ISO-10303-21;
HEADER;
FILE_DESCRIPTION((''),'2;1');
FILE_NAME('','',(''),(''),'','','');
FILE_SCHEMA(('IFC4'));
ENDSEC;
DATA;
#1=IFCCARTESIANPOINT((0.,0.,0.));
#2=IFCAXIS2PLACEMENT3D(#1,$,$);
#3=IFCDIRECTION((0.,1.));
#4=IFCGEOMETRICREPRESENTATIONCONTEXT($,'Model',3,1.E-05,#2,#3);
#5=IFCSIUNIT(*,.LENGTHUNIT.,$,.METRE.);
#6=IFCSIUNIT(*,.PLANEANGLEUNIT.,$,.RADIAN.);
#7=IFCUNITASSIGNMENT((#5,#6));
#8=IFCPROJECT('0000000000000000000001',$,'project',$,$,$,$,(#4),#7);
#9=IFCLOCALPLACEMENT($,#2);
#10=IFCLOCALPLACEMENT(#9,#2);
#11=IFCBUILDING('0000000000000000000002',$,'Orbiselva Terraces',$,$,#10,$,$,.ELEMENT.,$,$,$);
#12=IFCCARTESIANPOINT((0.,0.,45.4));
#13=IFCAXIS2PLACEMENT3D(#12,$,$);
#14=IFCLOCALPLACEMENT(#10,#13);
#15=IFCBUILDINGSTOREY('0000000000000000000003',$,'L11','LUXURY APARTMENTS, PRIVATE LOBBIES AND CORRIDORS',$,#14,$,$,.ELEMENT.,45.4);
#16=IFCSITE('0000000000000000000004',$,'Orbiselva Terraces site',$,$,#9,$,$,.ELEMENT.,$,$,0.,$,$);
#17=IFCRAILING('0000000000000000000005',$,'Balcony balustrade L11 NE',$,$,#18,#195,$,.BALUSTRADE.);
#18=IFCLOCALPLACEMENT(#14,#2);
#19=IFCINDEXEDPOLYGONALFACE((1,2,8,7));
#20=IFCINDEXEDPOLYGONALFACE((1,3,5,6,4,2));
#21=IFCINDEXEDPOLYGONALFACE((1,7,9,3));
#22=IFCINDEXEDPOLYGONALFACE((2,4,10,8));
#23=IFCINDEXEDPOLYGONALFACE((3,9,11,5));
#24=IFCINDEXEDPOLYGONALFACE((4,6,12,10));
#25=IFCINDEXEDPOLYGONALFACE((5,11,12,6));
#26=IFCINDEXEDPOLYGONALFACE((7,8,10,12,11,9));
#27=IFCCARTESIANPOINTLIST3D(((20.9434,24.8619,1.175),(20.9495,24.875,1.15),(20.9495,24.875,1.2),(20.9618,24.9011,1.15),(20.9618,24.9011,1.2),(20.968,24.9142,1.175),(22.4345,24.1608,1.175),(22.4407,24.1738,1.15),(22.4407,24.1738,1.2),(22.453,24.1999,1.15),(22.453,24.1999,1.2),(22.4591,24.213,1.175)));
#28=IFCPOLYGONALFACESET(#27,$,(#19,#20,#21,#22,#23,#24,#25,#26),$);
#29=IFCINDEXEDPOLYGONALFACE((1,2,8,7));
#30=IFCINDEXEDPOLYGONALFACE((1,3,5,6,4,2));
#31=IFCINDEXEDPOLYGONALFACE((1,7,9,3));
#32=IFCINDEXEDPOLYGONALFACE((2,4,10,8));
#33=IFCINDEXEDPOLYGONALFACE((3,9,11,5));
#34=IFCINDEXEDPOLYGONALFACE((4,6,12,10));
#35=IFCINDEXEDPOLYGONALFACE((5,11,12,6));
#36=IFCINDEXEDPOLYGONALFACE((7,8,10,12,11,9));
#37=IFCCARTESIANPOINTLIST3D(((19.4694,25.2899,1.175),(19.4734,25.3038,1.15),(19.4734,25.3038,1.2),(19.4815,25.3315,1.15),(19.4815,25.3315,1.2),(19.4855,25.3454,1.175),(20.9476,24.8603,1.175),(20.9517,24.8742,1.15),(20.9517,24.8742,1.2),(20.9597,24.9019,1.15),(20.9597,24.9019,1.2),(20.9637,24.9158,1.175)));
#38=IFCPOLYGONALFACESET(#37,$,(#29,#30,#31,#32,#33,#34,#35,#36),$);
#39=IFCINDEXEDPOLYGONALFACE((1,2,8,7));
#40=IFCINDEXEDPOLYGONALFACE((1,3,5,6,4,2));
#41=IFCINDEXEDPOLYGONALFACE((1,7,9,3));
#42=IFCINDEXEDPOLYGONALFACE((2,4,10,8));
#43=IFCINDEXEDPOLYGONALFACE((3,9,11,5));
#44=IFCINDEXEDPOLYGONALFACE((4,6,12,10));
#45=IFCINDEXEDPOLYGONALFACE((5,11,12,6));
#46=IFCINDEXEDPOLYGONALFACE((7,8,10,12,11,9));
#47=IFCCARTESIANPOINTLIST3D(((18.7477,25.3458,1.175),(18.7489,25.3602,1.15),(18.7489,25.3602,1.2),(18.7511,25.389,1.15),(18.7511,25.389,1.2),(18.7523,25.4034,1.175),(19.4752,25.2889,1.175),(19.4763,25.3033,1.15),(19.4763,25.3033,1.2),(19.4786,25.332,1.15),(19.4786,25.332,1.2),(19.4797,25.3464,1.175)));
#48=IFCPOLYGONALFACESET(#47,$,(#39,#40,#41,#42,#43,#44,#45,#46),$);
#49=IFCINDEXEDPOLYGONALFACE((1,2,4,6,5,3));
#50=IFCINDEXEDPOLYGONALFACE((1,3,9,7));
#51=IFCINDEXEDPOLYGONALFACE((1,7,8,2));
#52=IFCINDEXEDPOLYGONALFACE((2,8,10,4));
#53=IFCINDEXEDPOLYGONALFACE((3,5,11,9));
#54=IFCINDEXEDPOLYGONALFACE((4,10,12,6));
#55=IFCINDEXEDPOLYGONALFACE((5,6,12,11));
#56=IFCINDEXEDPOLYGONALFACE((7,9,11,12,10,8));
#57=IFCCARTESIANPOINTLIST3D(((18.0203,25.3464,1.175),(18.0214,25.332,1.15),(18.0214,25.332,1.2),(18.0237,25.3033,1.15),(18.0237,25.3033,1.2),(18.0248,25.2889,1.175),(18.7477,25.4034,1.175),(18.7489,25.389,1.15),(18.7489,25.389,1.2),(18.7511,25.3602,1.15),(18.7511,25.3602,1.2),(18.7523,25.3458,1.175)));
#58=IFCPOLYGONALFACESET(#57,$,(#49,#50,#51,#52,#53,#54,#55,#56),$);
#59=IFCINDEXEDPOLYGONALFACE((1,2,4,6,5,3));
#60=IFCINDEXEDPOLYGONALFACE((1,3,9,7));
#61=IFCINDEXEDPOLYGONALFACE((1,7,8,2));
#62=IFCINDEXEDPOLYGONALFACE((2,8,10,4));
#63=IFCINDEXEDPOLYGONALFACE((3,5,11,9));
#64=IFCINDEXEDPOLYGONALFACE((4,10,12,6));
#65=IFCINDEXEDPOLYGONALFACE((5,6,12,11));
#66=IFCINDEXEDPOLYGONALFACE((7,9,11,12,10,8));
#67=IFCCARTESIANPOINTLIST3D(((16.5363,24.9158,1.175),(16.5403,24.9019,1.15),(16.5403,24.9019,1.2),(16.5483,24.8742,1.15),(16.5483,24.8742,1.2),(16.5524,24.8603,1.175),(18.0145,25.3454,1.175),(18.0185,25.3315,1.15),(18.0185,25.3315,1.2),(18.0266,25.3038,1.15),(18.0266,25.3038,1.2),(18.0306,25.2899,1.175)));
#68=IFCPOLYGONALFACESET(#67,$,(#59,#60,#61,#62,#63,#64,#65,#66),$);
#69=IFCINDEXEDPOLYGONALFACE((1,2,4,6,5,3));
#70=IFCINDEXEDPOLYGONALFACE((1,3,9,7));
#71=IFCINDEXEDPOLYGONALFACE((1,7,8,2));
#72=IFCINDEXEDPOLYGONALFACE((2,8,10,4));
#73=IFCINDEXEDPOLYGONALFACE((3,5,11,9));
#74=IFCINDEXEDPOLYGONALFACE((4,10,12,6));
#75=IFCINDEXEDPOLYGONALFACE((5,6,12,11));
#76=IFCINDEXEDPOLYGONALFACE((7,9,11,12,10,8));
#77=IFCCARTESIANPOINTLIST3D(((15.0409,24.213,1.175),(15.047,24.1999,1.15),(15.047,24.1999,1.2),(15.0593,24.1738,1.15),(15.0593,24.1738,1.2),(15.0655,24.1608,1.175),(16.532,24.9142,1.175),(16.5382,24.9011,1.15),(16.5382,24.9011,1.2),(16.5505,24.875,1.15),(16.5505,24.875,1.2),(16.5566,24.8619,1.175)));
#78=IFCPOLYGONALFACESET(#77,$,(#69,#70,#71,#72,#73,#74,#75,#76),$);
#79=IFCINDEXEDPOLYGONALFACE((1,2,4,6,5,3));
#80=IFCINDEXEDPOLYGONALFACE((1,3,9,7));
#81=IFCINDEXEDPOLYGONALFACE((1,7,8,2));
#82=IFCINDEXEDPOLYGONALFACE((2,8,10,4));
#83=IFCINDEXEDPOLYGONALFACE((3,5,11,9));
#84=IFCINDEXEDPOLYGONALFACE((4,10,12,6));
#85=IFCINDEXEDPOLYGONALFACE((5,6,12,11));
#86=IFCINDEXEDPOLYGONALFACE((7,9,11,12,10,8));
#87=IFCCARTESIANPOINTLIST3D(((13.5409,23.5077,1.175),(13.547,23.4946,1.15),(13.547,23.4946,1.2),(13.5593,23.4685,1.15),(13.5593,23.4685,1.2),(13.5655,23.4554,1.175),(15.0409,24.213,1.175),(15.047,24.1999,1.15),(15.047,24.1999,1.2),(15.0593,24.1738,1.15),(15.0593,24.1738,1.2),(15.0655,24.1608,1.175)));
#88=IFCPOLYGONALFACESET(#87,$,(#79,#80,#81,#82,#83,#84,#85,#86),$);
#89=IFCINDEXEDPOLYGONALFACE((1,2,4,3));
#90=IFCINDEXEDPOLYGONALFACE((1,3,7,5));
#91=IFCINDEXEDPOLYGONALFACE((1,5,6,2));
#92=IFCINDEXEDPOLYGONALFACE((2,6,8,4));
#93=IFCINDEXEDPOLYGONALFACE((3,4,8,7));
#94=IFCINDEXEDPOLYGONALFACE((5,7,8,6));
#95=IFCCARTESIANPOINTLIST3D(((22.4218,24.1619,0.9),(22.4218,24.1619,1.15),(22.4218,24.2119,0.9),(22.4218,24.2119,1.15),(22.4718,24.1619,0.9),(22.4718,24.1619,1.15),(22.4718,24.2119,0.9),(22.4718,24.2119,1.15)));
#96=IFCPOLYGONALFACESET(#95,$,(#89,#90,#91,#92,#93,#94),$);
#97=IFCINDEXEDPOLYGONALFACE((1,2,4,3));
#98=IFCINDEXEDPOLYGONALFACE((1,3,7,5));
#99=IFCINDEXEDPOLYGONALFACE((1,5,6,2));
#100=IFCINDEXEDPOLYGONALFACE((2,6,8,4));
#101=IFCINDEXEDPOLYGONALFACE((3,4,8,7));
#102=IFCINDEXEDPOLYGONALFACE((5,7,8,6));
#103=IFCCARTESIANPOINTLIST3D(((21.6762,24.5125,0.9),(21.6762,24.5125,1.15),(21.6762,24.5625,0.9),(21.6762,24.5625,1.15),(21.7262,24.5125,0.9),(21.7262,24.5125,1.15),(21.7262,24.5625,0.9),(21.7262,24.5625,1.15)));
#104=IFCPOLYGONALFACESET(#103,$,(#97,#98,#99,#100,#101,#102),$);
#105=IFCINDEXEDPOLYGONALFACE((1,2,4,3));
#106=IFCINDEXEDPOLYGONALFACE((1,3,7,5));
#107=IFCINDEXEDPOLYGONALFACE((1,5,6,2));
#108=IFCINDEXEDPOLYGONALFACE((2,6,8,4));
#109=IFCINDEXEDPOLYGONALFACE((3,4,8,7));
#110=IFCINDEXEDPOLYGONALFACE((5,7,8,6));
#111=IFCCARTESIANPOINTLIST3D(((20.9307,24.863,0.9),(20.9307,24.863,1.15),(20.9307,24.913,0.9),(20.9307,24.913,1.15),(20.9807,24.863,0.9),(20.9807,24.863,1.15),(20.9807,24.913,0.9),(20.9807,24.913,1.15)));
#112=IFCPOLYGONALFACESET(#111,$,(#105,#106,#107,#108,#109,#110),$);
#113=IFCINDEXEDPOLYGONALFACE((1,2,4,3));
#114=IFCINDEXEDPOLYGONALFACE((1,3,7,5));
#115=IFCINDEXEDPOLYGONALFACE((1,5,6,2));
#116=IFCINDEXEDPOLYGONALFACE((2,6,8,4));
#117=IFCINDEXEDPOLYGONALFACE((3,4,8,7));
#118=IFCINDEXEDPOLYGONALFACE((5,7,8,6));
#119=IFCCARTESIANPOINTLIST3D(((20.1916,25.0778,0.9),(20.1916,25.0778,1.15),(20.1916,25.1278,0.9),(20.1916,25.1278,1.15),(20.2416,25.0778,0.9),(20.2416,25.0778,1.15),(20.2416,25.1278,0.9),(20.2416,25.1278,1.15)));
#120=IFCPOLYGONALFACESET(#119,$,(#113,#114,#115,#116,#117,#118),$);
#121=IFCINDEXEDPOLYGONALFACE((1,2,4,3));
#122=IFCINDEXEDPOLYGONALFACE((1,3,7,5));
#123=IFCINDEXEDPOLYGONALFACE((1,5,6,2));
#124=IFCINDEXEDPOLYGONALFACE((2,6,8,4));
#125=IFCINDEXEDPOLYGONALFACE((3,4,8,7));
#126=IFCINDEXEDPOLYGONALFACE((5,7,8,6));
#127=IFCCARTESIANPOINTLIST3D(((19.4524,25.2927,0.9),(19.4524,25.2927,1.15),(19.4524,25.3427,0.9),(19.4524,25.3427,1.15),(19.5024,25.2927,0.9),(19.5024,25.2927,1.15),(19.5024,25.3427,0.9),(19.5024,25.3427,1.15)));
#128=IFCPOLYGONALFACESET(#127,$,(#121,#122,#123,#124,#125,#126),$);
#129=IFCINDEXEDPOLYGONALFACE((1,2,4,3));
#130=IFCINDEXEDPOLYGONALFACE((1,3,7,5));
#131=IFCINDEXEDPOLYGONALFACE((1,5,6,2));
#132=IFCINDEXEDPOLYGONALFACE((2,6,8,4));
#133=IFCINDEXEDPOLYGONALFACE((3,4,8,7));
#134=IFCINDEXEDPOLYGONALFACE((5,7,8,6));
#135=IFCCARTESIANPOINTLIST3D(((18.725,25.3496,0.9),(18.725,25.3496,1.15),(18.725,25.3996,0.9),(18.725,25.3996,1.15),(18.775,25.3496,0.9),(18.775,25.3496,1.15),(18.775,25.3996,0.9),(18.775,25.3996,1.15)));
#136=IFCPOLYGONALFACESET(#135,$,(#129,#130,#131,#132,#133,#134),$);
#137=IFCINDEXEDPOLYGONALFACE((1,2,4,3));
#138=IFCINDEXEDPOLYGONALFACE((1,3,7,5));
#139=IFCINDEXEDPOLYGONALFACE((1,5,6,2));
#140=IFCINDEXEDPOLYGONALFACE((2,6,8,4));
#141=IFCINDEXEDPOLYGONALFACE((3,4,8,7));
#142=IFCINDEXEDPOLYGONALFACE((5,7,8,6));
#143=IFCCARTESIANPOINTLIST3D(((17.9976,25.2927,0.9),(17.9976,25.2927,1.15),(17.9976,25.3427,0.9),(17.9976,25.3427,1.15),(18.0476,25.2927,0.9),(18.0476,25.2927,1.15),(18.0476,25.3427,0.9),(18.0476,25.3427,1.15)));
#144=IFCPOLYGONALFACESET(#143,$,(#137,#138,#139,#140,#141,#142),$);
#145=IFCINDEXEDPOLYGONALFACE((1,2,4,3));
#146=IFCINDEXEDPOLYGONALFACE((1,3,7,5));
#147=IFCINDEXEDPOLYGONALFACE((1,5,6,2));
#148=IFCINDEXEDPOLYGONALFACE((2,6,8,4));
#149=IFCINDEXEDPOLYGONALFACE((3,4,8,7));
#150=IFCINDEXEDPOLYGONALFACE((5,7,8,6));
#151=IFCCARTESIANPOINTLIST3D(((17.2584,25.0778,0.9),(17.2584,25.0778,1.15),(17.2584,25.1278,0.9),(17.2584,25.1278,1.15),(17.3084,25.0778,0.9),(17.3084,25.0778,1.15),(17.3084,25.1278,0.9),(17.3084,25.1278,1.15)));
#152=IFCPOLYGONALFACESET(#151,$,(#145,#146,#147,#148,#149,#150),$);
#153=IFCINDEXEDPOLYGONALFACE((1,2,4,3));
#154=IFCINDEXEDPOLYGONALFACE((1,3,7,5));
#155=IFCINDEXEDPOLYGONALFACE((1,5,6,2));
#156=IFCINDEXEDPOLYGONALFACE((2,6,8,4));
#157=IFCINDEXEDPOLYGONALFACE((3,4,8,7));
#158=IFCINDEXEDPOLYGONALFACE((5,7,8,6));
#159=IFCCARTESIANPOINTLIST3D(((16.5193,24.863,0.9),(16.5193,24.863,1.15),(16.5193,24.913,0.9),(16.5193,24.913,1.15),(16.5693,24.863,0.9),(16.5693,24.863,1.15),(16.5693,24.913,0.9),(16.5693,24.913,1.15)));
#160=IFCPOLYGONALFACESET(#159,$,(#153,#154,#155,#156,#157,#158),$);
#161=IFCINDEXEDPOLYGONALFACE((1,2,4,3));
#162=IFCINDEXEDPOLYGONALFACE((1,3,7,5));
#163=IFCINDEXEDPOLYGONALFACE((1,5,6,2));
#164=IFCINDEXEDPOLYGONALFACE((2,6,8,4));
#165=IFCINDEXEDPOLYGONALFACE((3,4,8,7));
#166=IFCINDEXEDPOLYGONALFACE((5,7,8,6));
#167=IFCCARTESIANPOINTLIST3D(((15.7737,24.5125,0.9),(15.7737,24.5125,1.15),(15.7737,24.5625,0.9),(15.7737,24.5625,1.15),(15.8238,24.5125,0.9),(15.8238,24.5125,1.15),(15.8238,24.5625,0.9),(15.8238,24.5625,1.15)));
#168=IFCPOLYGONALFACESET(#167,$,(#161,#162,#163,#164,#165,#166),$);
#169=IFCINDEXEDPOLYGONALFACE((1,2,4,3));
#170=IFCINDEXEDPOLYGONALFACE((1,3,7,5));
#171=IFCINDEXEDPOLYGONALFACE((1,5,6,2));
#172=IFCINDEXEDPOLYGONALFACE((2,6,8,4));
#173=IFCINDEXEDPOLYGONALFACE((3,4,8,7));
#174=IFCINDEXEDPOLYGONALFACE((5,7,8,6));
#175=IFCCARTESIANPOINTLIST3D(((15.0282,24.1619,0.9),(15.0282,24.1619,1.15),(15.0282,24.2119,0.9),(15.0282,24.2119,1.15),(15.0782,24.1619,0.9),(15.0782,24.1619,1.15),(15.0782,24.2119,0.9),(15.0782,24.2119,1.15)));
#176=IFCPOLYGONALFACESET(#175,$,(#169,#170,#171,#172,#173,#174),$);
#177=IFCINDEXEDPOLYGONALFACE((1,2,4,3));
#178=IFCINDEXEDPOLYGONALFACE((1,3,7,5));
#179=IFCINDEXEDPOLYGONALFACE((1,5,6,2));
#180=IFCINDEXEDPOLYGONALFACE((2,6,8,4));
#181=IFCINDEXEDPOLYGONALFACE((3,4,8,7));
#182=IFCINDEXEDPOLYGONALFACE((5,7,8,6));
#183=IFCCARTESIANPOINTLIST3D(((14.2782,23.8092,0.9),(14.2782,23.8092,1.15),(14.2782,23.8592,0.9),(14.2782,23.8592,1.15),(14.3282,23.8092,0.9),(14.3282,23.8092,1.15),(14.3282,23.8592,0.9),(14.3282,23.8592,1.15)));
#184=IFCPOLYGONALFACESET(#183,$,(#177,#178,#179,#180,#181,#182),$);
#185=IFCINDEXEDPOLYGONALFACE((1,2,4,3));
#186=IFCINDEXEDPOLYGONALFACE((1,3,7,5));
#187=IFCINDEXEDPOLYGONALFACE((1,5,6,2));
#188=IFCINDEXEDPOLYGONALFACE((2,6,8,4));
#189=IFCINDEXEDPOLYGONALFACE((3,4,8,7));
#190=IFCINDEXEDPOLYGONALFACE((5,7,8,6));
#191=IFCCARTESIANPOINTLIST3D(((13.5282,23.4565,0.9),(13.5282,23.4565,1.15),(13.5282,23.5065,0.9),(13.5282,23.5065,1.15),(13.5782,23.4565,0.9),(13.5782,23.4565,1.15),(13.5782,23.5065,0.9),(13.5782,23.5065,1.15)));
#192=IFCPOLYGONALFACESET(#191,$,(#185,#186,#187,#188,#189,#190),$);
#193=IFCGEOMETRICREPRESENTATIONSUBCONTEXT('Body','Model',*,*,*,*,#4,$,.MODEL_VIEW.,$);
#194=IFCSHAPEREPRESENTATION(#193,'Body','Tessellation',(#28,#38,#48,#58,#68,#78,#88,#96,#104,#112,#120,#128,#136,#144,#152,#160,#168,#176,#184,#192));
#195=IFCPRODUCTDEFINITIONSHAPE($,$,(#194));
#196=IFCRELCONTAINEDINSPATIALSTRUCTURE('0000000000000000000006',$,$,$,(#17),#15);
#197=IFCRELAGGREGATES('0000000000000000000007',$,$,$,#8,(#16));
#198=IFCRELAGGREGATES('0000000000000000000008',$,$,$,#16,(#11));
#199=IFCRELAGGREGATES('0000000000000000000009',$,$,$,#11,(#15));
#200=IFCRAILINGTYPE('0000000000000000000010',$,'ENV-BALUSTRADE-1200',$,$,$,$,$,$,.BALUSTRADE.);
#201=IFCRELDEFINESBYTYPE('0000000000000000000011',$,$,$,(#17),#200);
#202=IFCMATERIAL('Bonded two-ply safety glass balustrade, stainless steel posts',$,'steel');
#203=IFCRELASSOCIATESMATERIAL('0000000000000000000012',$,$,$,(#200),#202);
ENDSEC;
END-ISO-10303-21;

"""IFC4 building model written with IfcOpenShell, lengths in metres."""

from ifc_helpers import new_model, si_unit, direction, frame, origin, origin_2d, place, context, subcontext, project, spatial, polyline, rectangle, outline, extrude, material, type_object, element, save


model = new_model("IFC4")

# Units and contexts
model_context = context("Model", 3, precision=1e-05, world=origin(), true_north=direction((0.0, 1.0)))
body_context = subcontext(model_context, "Body", "Model", "MODEL_VIEW")
ifc_project = project(units=[si_unit("LENGTHUNIT", "METRE"), si_unit("PLANEANGLEUNIT", "RADIAN")], contexts=[model_context])

# Site, building, storey
site_placement = place(None, origin())
site = spatial("IfcSite", under=ifc_project, at=site_placement, Name="Orbiselva Terraces site", CompositionType="ELEMENT", RefElevation=0.0)
building_placement = place(site_placement, origin())
building = spatial("IfcBuilding", under=site, at=building_placement, Name="Orbiselva Terraces", CompositionType="ELEMENT")
storey_placement = place(building_placement, frame((0.0, 0.0, 45.4)))
storey = spatial("IfcBuildingStorey", under=building, at=storey_placement, Name="L11", Description="LUXURY APARTMENTS, PRIVATE LOBBIES AND CORRIDORS", CompositionType="ELEMENT", Elevation=45.4)

# Railing
ifc_material_1 = material(Name="Bonded two-ply safety glass balustrade, stainless steel posts", Category="steel")
railing_type_1 = type_object("IfcRailingType", Name="ENV-BALUSTRADE-1200", PredefinedType="BALUSTRADE", material=ifc_material_1)
railing_1_placement = place(storey_placement, frame((22.4468, 24.1869, 0.9)))
element("IfcRailing", 1, at=railing_1_placement, inside=storey, type_object=railing_type_1, Name="Balcony balustrade L11 NE", PredefinedType="BALUSTRADE", context=body_context, shape_type="SweptSolid", body=[
    extrude(outline(polyline([(0.0289, 0.0), (0.0144, 0.025), (-0.0144, 0.025), (-0.0289, 0.0), (-0.0144, -0.025), (0.0144, -0.025), (0.0289, 0.0)])), frame((0.0, 0.0, 0.275), z_axis=(-0.904944, 0.42553, 0.0), x_axis=(-0.42553, -0.904944, 0.0)), (0.0, 0.0, 1.0), 1.6477),
    extrude(outline(polyline([(0.0289, 0.0), (0.0144, 0.025), (-0.0144, 0.025), (-0.0289, 0.0), (-0.0144, -0.025), (0.0144, -0.025), (0.0289, 0.0)])), frame((-1.4911, 0.7012, 0.275), z_axis=(-0.96027, 0.279072, 0.0), x_axis=(-0.279072, -0.96027, 0.0)), (0.0, 0.0, 1.0), 1.5394),
    extrude(outline(polyline([(0.0289, 0.0), (0.0144, 0.025), (-0.0144, 0.025), (-0.0289, 0.0), (-0.0144, -0.025), (0.0144, -0.025), (0.0289, 0.0)])), frame((-2.9694, 1.1308, 0.275), z_axis=(-0.996948, 0.07807, 0.0), x_axis=(-0.07807, -0.996948, 0.0)), (0.0, 0.0, 1.0), 0.7297),
    extrude(outline(polyline([(0.0289, 0.0), (0.0144, 0.025), (-0.0144, 0.025), (-0.0289, 0.0), (-0.0144, -0.025), (0.0144, -0.025), (0.0289, 0.0)])), frame((-3.6968, 1.1877, 0.275), z_axis=(-0.996948, -0.07807, 0.0), x_axis=(0.07807, -0.996948, 0.0)), (0.0, 0.0, 1.0), 0.7297),
    extrude(outline(polyline([(0.0289, 0.0), (0.0144, 0.025), (-0.0144, 0.025), (-0.0289, 0.0), (-0.0144, -0.025), (0.0144, -0.025), (0.0289, 0.0)])), frame((-4.4243, 1.1308, 0.275), z_axis=(-0.96027, -0.279072, 0.0), x_axis=(0.279072, -0.96027, 0.0)), (0.0, 0.0, 1.0), 1.5394),
    extrude(outline(polyline([(0.0289, 0.0), (0.0144, 0.025), (-0.0144, 0.025), (-0.0289, 0.0), (-0.0144, -0.025), (0.0144, -0.025), (0.0289, 0.0)])), frame((-5.9025, 0.7012, 0.275), z_axis=(-0.904944, -0.42553, 0.0), x_axis=(0.42553, -0.904944, 0.0)), (0.0, 0.0, 1.0), 1.6477),
    extrude(outline(polyline([(0.0289, 0.0), (0.0144, 0.025), (-0.0144, 0.025), (-0.0289, 0.0), (-0.0144, -0.025), (0.0144, -0.025), (0.0289, 0.0)])), frame((-7.3936, 0.0, 0.275), z_axis=(-0.904944, -0.42553, 0.0), x_axis=(0.42553, -0.904944, 0.0)), (0.0, 0.0, 1.0), 1.6576),
    extrude(rectangle(XDim=0.05, YDim=0.05, at=origin_2d()), origin(), (0.0, 0.0, 1.0), 0.25),
    extrude(rectangle(XDim=0.05, YDim=0.05, at=origin_2d()), frame((-0.7456, 0.3506, 0.0)), (0.0, 0.0, 1.0), 0.25),
    extrude(rectangle(XDim=0.05, YDim=0.05, at=origin_2d()), frame((-1.4911, 0.7012, 0.0)), (0.0, 0.0, 1.0), 0.25),
    extrude(rectangle(XDim=0.05, YDim=0.05, at=origin_2d()), frame((-2.2302, 0.916, 0.0)), (0.0, 0.0, 1.0), 0.25),
    extrude(rectangle(XDim=0.05, YDim=0.05, at=origin_2d()), frame((-2.9694, 1.1308, 0.0)), (0.0, 0.0, 1.0), 0.25),
    extrude(rectangle(XDim=0.05, YDim=0.05, at=origin_2d()), frame((-3.6968, 1.1877, 0.0)), (0.0, 0.0, 1.0), 0.25),
    extrude(rectangle(XDim=0.05, YDim=0.05, at=origin_2d()), frame((-4.4243, 1.1308, 0.0)), (0.0, 0.0, 1.0), 0.25),
    extrude(rectangle(XDim=0.05, YDim=0.05, at=origin_2d()), frame((-5.1634, 0.916, 0.0)), (0.0, 0.0, 1.0), 0.25),
    extrude(rectangle(XDim=0.05, YDim=0.05, at=origin_2d()), frame((-5.9025, 0.7012, 0.0)), (0.0, 0.0, 1.0), 0.25),
    extrude(rectangle(XDim=0.05, YDim=0.05, at=origin_2d()), frame((-6.6481, 0.3506, 0.0)), (0.0, 0.0, 1.0), 0.25),
    extrude(rectangle(XDim=0.05, YDim=0.05, at=origin_2d()), frame((-7.3936, 0.0, 0.0)), (0.0, 0.0, 1.0), 0.25),
    extrude(rectangle(XDim=0.05, YDim=0.05, at=origin_2d()), frame((-8.1436, -0.3527, 0.0)), (0.0, 0.0, 1.0), 0.25),
    extrude(rectangle(XDim=0.05, YDim=0.05, at=origin_2d()), frame((-8.8936, -0.7053, 0.0)), (0.0, 0.0, 1.0), 0.25),
])

save(model, "model.ifc")
